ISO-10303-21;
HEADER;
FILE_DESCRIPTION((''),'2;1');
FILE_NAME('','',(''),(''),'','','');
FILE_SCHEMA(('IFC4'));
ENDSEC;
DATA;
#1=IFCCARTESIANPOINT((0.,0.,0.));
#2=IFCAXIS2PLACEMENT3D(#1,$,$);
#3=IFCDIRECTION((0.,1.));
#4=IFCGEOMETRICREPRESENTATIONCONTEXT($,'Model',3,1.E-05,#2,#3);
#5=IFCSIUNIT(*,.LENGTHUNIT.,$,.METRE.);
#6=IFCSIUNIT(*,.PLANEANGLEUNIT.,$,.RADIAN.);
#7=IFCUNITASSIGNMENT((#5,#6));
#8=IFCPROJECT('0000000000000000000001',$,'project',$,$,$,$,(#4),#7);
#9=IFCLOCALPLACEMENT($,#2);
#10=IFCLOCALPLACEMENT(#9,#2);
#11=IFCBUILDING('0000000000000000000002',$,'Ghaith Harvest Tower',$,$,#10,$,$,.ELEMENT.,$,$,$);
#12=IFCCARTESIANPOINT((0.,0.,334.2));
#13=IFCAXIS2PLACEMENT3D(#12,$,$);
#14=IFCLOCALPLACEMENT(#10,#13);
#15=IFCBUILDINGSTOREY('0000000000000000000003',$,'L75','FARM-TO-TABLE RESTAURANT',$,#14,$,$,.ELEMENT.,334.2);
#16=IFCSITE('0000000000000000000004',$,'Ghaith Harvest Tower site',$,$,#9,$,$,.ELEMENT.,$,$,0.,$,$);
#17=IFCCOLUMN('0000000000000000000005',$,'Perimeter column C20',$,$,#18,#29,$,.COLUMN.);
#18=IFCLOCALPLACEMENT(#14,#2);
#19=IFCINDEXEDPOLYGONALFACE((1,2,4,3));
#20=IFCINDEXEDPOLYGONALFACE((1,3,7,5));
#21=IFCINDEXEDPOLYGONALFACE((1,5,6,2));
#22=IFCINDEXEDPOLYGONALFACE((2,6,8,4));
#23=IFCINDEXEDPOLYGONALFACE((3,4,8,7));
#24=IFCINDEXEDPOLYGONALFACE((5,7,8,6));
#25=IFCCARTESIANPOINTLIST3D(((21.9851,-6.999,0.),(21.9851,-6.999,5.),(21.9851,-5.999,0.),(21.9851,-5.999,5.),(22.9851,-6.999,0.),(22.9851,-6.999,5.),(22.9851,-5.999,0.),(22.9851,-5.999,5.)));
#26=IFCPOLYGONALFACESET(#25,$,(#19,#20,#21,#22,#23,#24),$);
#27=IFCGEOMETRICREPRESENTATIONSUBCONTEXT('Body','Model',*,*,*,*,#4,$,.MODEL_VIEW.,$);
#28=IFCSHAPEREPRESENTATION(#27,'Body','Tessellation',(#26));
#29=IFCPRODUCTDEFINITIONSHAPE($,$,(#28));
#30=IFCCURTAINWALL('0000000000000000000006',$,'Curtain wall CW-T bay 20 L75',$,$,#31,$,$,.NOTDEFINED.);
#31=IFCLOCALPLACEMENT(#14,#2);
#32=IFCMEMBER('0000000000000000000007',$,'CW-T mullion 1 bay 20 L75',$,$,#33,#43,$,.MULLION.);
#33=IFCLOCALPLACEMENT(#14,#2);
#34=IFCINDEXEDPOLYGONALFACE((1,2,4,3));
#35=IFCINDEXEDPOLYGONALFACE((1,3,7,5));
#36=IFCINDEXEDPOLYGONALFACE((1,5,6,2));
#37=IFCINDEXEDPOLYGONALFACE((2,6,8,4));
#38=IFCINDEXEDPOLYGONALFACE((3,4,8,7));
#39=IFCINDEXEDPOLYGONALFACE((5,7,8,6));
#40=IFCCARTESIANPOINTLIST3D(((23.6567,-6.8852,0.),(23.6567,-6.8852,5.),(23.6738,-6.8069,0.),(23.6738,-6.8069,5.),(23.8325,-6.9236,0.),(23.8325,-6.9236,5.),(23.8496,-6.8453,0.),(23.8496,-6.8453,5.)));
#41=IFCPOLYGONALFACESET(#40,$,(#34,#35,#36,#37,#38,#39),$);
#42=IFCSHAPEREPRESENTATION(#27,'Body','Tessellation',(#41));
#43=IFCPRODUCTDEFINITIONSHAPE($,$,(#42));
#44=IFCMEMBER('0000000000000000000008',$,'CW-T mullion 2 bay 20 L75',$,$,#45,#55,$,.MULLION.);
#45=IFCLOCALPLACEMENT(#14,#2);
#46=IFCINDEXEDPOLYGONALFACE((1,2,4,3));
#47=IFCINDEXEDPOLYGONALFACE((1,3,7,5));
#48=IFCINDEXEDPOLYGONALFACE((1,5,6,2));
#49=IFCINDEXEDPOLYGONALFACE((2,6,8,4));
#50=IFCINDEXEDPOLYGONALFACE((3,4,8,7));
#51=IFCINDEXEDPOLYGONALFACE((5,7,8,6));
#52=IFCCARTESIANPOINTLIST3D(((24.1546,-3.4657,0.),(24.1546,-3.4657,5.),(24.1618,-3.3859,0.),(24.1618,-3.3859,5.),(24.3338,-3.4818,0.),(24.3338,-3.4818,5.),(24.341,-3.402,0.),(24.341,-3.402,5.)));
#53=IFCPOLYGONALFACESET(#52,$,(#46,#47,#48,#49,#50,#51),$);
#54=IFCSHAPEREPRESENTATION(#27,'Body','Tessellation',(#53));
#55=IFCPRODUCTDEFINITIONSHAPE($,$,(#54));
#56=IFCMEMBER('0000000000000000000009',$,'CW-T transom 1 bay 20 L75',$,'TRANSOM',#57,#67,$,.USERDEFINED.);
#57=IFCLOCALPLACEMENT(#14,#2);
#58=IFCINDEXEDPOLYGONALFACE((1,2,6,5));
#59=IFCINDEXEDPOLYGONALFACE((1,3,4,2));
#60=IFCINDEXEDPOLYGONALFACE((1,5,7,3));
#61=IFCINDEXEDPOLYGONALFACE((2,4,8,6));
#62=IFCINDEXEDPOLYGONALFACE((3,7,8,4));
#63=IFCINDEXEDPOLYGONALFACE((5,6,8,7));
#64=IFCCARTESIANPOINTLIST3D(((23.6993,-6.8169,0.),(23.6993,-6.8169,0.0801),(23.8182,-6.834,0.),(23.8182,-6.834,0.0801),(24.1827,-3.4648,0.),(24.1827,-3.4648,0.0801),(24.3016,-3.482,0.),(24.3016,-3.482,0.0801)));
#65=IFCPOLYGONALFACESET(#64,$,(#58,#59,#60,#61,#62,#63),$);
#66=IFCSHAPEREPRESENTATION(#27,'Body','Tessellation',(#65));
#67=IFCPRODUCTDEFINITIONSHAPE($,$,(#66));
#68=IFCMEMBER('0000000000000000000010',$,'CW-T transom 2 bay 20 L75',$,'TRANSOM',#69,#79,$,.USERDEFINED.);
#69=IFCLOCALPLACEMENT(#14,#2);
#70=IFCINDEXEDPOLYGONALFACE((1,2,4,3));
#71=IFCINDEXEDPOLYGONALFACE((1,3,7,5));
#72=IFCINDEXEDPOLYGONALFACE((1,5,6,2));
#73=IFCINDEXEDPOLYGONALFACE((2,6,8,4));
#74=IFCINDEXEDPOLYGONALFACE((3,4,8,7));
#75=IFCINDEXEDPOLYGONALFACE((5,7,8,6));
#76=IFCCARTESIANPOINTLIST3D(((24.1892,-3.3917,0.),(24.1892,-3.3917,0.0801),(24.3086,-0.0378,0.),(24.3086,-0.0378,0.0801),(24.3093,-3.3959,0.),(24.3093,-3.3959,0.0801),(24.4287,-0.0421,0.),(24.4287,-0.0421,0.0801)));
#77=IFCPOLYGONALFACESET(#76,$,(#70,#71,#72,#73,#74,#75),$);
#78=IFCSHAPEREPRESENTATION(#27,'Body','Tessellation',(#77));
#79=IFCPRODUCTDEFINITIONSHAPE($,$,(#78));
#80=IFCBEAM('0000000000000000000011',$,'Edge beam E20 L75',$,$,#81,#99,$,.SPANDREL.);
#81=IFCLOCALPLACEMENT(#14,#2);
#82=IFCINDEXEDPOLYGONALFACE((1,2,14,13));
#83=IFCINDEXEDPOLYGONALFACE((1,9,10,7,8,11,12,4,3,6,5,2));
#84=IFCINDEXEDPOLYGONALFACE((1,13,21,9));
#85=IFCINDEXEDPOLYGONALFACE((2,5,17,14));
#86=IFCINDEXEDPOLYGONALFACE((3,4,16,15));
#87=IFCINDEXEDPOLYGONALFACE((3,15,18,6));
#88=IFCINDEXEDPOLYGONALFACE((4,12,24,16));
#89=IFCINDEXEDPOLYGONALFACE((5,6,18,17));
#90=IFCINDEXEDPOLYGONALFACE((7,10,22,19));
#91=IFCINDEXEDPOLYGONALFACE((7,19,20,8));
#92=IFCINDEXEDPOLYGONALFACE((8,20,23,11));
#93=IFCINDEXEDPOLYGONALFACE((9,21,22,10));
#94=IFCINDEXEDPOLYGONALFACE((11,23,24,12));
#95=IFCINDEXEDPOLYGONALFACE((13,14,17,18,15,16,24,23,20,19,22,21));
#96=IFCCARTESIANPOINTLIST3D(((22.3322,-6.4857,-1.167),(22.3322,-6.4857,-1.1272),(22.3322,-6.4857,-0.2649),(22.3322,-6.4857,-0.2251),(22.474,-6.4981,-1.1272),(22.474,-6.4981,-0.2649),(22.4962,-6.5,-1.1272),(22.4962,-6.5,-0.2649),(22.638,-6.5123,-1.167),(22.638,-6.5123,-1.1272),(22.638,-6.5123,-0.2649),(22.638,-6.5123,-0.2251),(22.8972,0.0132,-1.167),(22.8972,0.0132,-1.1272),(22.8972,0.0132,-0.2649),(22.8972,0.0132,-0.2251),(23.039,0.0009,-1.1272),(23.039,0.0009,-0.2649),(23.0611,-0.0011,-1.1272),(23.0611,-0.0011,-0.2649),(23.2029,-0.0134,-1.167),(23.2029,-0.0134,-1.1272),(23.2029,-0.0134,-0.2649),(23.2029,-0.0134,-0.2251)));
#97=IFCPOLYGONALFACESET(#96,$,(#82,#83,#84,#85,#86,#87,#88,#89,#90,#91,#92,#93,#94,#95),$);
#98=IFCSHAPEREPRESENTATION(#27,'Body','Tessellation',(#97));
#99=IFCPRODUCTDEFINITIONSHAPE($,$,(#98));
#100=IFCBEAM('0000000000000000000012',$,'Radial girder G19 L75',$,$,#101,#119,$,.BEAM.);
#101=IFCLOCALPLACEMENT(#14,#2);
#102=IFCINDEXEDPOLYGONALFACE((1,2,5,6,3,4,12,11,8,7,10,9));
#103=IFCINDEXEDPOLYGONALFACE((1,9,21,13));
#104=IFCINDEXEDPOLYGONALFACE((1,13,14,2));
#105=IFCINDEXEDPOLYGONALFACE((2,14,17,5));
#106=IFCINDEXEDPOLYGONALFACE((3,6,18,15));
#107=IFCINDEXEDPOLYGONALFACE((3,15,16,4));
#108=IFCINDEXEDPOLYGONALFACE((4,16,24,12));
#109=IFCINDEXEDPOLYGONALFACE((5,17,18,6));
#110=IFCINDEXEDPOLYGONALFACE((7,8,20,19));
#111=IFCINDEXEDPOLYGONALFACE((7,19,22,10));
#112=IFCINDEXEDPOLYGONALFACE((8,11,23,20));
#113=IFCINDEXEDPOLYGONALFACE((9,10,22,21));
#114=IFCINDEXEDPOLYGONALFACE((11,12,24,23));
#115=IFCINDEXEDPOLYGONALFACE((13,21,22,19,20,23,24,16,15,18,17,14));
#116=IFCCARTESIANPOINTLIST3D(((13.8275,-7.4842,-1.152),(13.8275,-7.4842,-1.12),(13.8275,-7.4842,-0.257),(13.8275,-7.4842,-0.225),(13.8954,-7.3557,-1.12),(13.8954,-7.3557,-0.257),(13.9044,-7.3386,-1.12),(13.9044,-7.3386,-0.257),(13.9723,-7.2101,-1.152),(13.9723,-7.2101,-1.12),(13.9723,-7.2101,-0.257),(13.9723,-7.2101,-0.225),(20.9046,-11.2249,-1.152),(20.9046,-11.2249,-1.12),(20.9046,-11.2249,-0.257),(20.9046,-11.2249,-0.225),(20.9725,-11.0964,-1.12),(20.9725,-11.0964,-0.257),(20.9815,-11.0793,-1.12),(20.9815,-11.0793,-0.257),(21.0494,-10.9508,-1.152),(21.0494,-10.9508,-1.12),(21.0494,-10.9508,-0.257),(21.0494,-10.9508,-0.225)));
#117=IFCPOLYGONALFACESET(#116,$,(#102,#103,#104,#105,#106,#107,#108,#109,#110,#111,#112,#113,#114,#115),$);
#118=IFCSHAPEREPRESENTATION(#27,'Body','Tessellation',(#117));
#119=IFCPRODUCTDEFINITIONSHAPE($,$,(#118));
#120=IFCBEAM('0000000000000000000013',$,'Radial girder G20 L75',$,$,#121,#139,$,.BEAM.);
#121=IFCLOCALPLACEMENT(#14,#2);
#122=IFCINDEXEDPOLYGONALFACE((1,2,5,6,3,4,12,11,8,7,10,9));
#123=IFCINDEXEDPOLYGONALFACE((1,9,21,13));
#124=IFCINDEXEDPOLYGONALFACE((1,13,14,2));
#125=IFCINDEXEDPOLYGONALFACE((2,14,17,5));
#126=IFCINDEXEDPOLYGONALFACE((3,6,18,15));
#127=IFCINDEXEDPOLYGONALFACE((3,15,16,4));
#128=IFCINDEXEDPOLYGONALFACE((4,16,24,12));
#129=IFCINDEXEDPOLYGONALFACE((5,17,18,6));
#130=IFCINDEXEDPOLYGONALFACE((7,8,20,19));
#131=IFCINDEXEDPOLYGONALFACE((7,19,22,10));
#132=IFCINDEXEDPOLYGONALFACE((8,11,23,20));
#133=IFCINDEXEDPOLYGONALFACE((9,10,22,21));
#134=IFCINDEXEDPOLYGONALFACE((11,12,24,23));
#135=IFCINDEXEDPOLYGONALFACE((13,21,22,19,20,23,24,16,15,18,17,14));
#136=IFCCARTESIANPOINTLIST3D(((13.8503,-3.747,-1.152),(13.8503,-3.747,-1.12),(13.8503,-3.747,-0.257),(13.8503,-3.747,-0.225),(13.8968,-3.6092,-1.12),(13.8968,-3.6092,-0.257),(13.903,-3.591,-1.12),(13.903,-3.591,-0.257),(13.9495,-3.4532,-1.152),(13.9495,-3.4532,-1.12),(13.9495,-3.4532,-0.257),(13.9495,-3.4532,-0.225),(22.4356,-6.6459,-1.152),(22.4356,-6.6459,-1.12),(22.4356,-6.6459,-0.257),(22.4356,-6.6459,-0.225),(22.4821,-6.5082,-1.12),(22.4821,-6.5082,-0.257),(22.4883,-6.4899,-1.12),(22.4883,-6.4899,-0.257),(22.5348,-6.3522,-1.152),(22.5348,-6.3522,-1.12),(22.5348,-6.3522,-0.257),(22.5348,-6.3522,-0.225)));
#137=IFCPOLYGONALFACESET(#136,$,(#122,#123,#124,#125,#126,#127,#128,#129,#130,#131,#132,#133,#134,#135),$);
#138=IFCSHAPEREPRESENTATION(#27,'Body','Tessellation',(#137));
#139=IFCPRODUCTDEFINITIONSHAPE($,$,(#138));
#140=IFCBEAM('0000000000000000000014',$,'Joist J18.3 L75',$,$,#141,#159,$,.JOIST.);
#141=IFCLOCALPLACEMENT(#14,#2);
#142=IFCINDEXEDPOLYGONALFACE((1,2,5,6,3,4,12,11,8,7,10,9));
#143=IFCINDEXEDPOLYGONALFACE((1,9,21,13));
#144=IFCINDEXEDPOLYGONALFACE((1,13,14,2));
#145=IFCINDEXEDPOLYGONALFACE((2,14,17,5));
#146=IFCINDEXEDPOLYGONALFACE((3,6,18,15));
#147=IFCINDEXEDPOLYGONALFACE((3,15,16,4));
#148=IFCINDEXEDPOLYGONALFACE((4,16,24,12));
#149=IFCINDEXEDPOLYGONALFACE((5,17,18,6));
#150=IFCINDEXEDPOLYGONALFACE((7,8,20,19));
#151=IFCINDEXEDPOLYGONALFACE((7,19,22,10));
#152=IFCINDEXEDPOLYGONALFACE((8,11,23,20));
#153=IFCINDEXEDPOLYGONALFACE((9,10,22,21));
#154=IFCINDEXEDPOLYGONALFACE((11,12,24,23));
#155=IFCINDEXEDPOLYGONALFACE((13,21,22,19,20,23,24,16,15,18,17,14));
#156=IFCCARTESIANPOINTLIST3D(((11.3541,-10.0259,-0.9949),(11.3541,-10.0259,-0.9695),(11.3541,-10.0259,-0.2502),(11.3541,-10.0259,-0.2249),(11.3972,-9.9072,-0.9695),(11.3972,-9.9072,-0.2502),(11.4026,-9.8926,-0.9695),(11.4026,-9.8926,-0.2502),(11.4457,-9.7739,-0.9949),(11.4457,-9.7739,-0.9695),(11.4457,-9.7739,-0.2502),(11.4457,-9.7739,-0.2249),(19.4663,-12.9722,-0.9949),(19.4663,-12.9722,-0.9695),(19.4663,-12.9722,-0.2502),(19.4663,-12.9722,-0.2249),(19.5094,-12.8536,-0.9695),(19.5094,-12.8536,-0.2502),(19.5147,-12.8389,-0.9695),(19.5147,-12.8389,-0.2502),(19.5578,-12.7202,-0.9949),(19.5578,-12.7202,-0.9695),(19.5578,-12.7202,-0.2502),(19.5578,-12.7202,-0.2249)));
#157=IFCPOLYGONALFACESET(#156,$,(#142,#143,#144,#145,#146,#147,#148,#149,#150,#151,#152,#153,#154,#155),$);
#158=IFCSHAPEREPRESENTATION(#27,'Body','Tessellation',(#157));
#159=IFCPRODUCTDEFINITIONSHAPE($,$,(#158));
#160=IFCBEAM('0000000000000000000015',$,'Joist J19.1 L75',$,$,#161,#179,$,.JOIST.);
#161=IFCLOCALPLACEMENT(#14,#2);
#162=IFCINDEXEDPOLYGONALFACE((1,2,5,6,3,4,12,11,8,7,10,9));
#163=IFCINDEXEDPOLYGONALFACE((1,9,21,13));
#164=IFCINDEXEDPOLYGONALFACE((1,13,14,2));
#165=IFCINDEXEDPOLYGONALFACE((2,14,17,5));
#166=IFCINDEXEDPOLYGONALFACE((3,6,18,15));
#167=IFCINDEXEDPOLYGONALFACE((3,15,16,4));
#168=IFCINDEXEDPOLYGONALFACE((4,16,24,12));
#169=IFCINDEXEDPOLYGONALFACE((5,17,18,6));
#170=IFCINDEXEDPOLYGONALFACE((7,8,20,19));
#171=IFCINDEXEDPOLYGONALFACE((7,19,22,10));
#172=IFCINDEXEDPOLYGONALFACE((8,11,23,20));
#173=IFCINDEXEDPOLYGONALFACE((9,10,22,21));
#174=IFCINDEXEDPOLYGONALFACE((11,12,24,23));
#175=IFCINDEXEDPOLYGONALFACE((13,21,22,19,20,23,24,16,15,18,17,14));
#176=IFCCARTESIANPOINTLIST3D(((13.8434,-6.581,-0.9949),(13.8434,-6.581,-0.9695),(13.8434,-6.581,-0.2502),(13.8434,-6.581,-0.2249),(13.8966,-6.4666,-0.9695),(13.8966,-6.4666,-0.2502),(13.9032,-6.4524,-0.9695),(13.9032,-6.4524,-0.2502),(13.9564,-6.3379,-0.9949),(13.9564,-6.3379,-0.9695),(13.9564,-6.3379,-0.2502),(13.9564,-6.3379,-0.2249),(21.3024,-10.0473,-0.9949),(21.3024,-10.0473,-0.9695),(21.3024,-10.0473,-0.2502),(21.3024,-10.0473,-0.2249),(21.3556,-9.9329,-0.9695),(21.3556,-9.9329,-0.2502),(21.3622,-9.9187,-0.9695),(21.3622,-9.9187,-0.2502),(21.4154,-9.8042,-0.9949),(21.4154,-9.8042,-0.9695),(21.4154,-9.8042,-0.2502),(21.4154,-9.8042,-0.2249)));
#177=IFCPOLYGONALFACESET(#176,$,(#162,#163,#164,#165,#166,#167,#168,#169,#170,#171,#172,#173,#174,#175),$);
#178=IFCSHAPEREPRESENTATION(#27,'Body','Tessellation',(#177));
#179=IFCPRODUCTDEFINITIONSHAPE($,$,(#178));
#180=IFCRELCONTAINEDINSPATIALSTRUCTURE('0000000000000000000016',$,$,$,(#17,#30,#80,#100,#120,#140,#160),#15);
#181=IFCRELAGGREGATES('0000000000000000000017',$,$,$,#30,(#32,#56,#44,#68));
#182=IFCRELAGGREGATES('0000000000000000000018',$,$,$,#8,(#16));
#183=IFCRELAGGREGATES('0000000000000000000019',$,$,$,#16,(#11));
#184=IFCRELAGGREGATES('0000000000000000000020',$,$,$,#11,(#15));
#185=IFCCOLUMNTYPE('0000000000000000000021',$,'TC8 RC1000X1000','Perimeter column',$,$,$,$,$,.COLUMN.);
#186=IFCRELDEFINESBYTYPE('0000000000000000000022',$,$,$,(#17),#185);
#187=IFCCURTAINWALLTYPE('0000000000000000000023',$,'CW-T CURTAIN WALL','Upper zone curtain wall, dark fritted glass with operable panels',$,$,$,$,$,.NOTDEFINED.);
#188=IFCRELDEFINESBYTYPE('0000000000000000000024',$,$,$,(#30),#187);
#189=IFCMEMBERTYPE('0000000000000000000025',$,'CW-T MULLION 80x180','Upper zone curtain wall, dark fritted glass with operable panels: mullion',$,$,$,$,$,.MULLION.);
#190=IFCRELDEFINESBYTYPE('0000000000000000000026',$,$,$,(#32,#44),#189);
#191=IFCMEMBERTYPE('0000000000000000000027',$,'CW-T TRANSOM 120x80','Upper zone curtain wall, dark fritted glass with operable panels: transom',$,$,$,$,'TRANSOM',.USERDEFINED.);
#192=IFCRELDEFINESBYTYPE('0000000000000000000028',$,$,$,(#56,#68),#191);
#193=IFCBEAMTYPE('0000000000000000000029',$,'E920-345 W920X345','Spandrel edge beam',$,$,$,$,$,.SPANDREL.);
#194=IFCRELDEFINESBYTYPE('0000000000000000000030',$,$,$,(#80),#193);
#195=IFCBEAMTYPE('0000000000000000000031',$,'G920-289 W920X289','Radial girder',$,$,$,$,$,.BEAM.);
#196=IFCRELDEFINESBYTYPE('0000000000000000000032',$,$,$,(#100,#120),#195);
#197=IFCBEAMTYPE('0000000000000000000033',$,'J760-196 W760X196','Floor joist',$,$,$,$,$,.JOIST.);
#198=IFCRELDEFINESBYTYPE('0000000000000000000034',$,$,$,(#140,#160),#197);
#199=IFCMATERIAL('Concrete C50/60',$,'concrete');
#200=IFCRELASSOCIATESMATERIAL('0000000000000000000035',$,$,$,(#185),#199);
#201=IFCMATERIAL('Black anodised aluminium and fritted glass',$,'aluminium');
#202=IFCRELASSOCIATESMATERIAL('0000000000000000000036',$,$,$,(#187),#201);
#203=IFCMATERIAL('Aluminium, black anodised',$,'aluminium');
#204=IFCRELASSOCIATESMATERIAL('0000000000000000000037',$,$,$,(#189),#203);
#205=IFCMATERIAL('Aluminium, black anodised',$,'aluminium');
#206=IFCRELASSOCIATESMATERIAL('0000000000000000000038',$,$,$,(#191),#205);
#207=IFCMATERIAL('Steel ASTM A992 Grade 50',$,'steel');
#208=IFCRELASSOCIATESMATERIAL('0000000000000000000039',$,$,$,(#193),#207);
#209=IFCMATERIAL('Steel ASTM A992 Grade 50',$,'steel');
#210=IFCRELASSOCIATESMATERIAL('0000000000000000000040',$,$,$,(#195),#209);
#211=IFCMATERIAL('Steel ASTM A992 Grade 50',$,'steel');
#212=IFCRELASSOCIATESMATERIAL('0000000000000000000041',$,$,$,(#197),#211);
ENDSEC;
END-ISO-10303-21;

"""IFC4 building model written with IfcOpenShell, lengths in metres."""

from ifc_helpers import new_model, si_unit, direction, frame, origin, origin_2d, place, context, subcontext, project, spatial, rectangle, i_section, extrude, material, material_profile, profile_set, type_object, element, aggregate, save


model = new_model("IFC4")

# Units and contexts
model_context = context("Model", 3, precision=1e-05, world=origin(), true_north=direction((0.0, 1.0)))
body_context = subcontext(model_context, "Body", "Model", "MODEL_VIEW")
ifc_project = project(units=[si_unit("LENGTHUNIT", "METRE"), si_unit("PLANEANGLEUNIT", "RADIAN")], contexts=[model_context])

# Site, building, storey
site_placement = place(None, origin())
site = spatial("IfcSite", under=ifc_project, at=site_placement, Name="Ghaith Harvest Tower site", CompositionType="ELEMENT", RefElevation=0.0)
building_placement = place(site_placement, origin())
building = spatial("IfcBuilding", under=site, at=building_placement, Name="Ghaith Harvest Tower", CompositionType="ELEMENT")
storey_placement = place(building_placement, frame((0.0, 0.0, 334.2)))
storey = spatial("IfcBuildingStorey", under=building, at=storey_placement, Name="L75", Description="FARM-TO-TABLE RESTAURANT", CompositionType="ELEMENT", Elevation=334.2)

# Column
ifc_material_1 = material(Name="Concrete C50/60", Category="concrete")
ifc_material_profile_1 = material_profile(ifc_material_1, rectangle(XDim=1.0, YDim=1.0, at=origin_2d()), Name="RC1000X1000")
ifc_profile_set_1 = profile_set([ifc_material_profile_1], Name="Concrete C50/60")
column_type = type_object("IfcColumnType", Name="TC8 RC1000X1000", Description="Perimeter column", PredefinedType="COLUMN", material=ifc_profile_set_1)
column_placement = place(storey_placement, frame((22.4851, -6.499, 0.0), z_axis=(0.0, 0.0, 1.0), x_axis=(1.0, 0.0, 0.0)))
element("IfcColumn", 1, at=column_placement, inside=storey, type_object=column_type, Name="Perimeter column C20", PredefinedType="COLUMN", context=body_context, shape_type="SweptSolid", body=[
    extrude(rectangle(XDim=1.0, YDim=1.0, at=origin_2d()), origin(), (0.0, 0.0, 1.0), 5.0),
])

# Curtain wall, members
ifc_material_2 = material(Name="Black anodised aluminium and fritted glass", Category="aluminium")
curtain_wall_type = type_object("IfcCurtainWallType", Name="CW-T CURTAIN WALL", Description="Upper zone curtain wall, dark fritted glass with operable panels", PredefinedType="NOTDEFINED", material=ifc_material_2)
curtain_wall_1_placement = place(storey_placement, origin())
curtain_wall_1 = element("IfcCurtainWall", 2, at=curtain_wall_1_placement, inside=storey, type_object=curtain_wall_type, Name="Curtain wall CW-T bay 20 L75", PredefinedType="NOTDEFINED")
ifc_material_3 = material(Name="Aluminium, black anodised", Category="aluminium")
ifc_material_profile_2 = material_profile(ifc_material_3, rectangle(XDim=0.0801, YDim=0.1799, at=origin_2d()), Name="CW-T MULLION 80x180")
ifc_profile_set_2 = profile_set([ifc_material_profile_2], Name="Aluminium, black anodised")
member_type_1 = type_object("IfcMemberType", Name="CW-T MULLION 80x180", Description="Upper zone curtain wall, dark fritted glass with operable panels: mullion", PredefinedType="MULLION", material=ifc_profile_set_2)
member_1_placement = place(storey_placement, frame((23.7532, -6.8652, 0.0), z_axis=(0.0, 0.0, 1.0), x_axis=(0.213402, 0.976964, 0.0)))
member_1 = element("IfcMember", 3, at=member_1_placement, type_object=member_type_1, Name="CW-T mullion 1 bay 20 L75", PredefinedType="MULLION", context=body_context, shape_type="SweptSolid", body=[
    extrude(rectangle(XDim=0.0801, YDim=0.1799, at=origin_2d()), origin(), (0.0, 0.0, 1.0), 5.0),
])
member_2_placement = place(storey_placement, frame((24.2478, -3.4338, 0.0), z_axis=(0.0, 0.0, 1.0), x_axis=(0.089502, 0.995987, 0.0)))
member_2 = element("IfcMember", 4, at=member_2_placement, type_object=member_type_1, Name="CW-T mullion 2 bay 20 L75", PredefinedType="MULLION", context=body_context, shape_type="SweptSolid", body=[
    extrude(rectangle(XDim=0.0801, YDim=0.1799, at=origin_2d()), origin(), (0.0, 0.0, 1.0), 5.0),
])
ifc_material_4 = material(Name="Aluminium, black anodised", Category="aluminium")
ifc_material_profile_3 = material_profile(ifc_material_4, rectangle(XDim=0.1201, YDim=0.0801, at=origin_2d()), Name="CW-T TRANSOM 120x80")
ifc_profile_set_3 = profile_set([ifc_material_profile_3], Name="Aluminium, black anodised")
member_type_2 = type_object("IfcMemberType", Name="CW-T TRANSOM 120x80", Description="Upper zone curtain wall, dark fritted glass with operable panels: transom", ElementType="TRANSOM", PredefinedType="USERDEFINED", material=ifc_profile_set_3)
member_3_placement = place(storey_placement, frame((23.7588, -6.8254, 0.04), z_axis=(0.142733, 0.989761, 0.0), x_axis=(-0.989761, 0.142733, 0.0)))
member_3 = element("IfcMember", 5, at=member_3_placement, type_object=member_type_2, Name="CW-T transom 1 bay 20 L75", ObjectType="TRANSOM", PredefinedType="USERDEFINED", context=body_context, shape_type="SweptSolid", body=[
    extrude(rectangle(XDim=0.1201, YDim=0.0801, at=origin_2d()), origin(), (0.0, 0.0, 1.0), 3.3867),
])
member_4_placement = place(storey_placement, frame((24.2493, -3.3938, 0.04), z_axis=(0.035575, 0.999367, 0.0), x_axis=(-0.999367, 0.035575, 0.0)))
member_4 = element("IfcMember", 6, at=member_4_placement, type_object=member_type_2, Name="CW-T transom 2 bay 20 L75", ObjectType="TRANSOM", PredefinedType="USERDEFINED", context=body_context, shape_type="SweptSolid", body=[
    extrude(rectangle(XDim=0.1201, YDim=0.0801, at=origin_2d()), origin(), (0.0, 0.0, 1.0), 3.356),
])

# Beams
ifc_material_5 = material(Name="Steel ASTM A992 Grade 50", Category="steel")
ifc_material_profile_4 = material_profile(ifc_material_5, i_section(OverallWidth=0.3069, OverallDepth=0.9419, WebThickness=0.0222, FlangeThickness=0.0398, at=origin_2d()), Name="W920X345")
ifc_profile_set_4 = profile_set([ifc_material_profile_4], Name="Steel ASTM A992 Grade 50")
beam_type_1 = type_object("IfcBeamType", Name="E920-345 W920X345", Description="Spandrel edge beam", PredefinedType="SPANDREL", material=ifc_profile_set_4)
beam_1_placement = place(storey_placement, frame((22.4851, -6.499, -0.696), z_axis=(0.086601, 0.996243, 0.0), x_axis=(-0.996243, 0.086601, 0.0)))
element("IfcBeam", 7, at=beam_1_placement, inside=storey, type_object=beam_type_1, Name="Edge beam E20 L75", PredefinedType="SPANDREL", context=body_context, shape_type="SweptSolid", body=[
    extrude(i_section(OverallWidth=0.3069, OverallDepth=0.9419, WebThickness=0.0222, FlangeThickness=0.0398, at=origin_2d()), origin(), (0.0, 0.0, 1.0), 6.5234),
])
ifc_material_6 = material(Name="Steel ASTM A992 Grade 50", Category="steel")
ifc_material_profile_5 = material_profile(ifc_material_6, i_section(OverallWidth=0.3101, OverallDepth=0.927, WebThickness=0.0193, FlangeThickness=0.032, at=origin_2d()), Name="W920X289")
ifc_profile_set_5 = profile_set([ifc_material_profile_5], Name="Steel ASTM A992 Grade 50")
beam_type_2 = type_object("IfcBeamType", Name="G920-289 W920X289", Description="Radial girder", PredefinedType="BEAM", material=ifc_profile_set_5)
beam_2_placement = place(storey_placement, frame((13.8999, -7.3472, -0.6885), z_axis=(0.884098, -0.467302, 0.0), x_axis=(0.467302, 0.884098, 0.0)))
element("IfcBeam", 8, at=beam_2_placement, inside=storey, type_object=beam_type_2, Name="Radial girder G19 L75", PredefinedType="BEAM", context=body_context, shape_type="SweptSolid", body=[
    extrude(i_section(OverallWidth=0.3101, OverallDepth=0.927, WebThickness=0.0193, FlangeThickness=0.032, at=origin_2d()), origin(), (0.0, 0.0, 1.0), 8.0049),
])
beam_3_placement = place(storey_placement, frame((13.8999, -3.6001, -0.6885), z_axis=(0.947445, -0.319919, 0.0), x_axis=(0.319919, 0.947445, 0.0)))
element("IfcBeam", 9, at=beam_3_placement, inside=storey, type_object=beam_type_2, Name="Radial girder G20 L75", PredefinedType="BEAM", context=body_context, shape_type="SweptSolid", body=[
    extrude(i_section(OverallWidth=0.3101, OverallDepth=0.927, WebThickness=0.0193, FlangeThickness=0.032, at=origin_2d()), origin(), (0.0, 0.0, 1.0), 9.0615),
])
ifc_material_7 = material(Name="Steel ASTM A992 Grade 50", Category="steel")
ifc_material_profile_6 = material_profile(ifc_material_7, i_section(OverallWidth=0.2681, OverallDepth=0.77, WebThickness=0.0156, FlangeThickness=0.0254, at=origin_2d()), Name="W760X196")
ifc_profile_set_6 = profile_set([ifc_material_profile_6], Name="Steel ASTM A992 Grade 50")
beam_type_3 = type_object("IfcBeamType", Name="J760-196 W760X196", Description="Floor joist", PredefinedType="JOIST", material=ifc_profile_set_6)
beam_4_placement = place(storey_placement, frame((11.3999, -9.8999, -0.6099), z_axis=(0.939926, -0.34138, 0.0), x_axis=(0.34138, 0.939926, 0.0)))
element("IfcBeam", 10, at=beam_4_placement, inside=storey, type_object=beam_type_3, Name="Joist J18.3 L75", PredefinedType="JOIST", context=body_context, shape_type="SweptSolid", body=[
    extrude(i_section(OverallWidth=0.2681, OverallDepth=0.77, WebThickness=0.0156, FlangeThickness=0.0254, at=origin_2d()), origin(), (0.0, 0.0, 1.0), 8.6306),
])
beam_5_placement = place(storey_placement, frame((13.8999, -6.4595, -0.6099), z_axis=(0.90686, -0.421432, 0.0), x_axis=(0.421432, 0.90686, 0.0)))
element("IfcBeam", 11, at=beam_5_placement, inside=storey, type_object=beam_type_3, Name="Joist J19.1 L75", PredefinedType="JOIST", context=body_context, shape_type="SweptSolid", body=[
    extrude(i_section(OverallWidth=0.2681, OverallDepth=0.77, WebThickness=0.0156, FlangeThickness=0.0254, at=origin_2d()), origin(), (0.0, 0.0, 1.0), 8.2251),
])

aggregate(curtain_wall_1, [member_1, member_3, member_2, member_4])

save(model, "model.ifc")
